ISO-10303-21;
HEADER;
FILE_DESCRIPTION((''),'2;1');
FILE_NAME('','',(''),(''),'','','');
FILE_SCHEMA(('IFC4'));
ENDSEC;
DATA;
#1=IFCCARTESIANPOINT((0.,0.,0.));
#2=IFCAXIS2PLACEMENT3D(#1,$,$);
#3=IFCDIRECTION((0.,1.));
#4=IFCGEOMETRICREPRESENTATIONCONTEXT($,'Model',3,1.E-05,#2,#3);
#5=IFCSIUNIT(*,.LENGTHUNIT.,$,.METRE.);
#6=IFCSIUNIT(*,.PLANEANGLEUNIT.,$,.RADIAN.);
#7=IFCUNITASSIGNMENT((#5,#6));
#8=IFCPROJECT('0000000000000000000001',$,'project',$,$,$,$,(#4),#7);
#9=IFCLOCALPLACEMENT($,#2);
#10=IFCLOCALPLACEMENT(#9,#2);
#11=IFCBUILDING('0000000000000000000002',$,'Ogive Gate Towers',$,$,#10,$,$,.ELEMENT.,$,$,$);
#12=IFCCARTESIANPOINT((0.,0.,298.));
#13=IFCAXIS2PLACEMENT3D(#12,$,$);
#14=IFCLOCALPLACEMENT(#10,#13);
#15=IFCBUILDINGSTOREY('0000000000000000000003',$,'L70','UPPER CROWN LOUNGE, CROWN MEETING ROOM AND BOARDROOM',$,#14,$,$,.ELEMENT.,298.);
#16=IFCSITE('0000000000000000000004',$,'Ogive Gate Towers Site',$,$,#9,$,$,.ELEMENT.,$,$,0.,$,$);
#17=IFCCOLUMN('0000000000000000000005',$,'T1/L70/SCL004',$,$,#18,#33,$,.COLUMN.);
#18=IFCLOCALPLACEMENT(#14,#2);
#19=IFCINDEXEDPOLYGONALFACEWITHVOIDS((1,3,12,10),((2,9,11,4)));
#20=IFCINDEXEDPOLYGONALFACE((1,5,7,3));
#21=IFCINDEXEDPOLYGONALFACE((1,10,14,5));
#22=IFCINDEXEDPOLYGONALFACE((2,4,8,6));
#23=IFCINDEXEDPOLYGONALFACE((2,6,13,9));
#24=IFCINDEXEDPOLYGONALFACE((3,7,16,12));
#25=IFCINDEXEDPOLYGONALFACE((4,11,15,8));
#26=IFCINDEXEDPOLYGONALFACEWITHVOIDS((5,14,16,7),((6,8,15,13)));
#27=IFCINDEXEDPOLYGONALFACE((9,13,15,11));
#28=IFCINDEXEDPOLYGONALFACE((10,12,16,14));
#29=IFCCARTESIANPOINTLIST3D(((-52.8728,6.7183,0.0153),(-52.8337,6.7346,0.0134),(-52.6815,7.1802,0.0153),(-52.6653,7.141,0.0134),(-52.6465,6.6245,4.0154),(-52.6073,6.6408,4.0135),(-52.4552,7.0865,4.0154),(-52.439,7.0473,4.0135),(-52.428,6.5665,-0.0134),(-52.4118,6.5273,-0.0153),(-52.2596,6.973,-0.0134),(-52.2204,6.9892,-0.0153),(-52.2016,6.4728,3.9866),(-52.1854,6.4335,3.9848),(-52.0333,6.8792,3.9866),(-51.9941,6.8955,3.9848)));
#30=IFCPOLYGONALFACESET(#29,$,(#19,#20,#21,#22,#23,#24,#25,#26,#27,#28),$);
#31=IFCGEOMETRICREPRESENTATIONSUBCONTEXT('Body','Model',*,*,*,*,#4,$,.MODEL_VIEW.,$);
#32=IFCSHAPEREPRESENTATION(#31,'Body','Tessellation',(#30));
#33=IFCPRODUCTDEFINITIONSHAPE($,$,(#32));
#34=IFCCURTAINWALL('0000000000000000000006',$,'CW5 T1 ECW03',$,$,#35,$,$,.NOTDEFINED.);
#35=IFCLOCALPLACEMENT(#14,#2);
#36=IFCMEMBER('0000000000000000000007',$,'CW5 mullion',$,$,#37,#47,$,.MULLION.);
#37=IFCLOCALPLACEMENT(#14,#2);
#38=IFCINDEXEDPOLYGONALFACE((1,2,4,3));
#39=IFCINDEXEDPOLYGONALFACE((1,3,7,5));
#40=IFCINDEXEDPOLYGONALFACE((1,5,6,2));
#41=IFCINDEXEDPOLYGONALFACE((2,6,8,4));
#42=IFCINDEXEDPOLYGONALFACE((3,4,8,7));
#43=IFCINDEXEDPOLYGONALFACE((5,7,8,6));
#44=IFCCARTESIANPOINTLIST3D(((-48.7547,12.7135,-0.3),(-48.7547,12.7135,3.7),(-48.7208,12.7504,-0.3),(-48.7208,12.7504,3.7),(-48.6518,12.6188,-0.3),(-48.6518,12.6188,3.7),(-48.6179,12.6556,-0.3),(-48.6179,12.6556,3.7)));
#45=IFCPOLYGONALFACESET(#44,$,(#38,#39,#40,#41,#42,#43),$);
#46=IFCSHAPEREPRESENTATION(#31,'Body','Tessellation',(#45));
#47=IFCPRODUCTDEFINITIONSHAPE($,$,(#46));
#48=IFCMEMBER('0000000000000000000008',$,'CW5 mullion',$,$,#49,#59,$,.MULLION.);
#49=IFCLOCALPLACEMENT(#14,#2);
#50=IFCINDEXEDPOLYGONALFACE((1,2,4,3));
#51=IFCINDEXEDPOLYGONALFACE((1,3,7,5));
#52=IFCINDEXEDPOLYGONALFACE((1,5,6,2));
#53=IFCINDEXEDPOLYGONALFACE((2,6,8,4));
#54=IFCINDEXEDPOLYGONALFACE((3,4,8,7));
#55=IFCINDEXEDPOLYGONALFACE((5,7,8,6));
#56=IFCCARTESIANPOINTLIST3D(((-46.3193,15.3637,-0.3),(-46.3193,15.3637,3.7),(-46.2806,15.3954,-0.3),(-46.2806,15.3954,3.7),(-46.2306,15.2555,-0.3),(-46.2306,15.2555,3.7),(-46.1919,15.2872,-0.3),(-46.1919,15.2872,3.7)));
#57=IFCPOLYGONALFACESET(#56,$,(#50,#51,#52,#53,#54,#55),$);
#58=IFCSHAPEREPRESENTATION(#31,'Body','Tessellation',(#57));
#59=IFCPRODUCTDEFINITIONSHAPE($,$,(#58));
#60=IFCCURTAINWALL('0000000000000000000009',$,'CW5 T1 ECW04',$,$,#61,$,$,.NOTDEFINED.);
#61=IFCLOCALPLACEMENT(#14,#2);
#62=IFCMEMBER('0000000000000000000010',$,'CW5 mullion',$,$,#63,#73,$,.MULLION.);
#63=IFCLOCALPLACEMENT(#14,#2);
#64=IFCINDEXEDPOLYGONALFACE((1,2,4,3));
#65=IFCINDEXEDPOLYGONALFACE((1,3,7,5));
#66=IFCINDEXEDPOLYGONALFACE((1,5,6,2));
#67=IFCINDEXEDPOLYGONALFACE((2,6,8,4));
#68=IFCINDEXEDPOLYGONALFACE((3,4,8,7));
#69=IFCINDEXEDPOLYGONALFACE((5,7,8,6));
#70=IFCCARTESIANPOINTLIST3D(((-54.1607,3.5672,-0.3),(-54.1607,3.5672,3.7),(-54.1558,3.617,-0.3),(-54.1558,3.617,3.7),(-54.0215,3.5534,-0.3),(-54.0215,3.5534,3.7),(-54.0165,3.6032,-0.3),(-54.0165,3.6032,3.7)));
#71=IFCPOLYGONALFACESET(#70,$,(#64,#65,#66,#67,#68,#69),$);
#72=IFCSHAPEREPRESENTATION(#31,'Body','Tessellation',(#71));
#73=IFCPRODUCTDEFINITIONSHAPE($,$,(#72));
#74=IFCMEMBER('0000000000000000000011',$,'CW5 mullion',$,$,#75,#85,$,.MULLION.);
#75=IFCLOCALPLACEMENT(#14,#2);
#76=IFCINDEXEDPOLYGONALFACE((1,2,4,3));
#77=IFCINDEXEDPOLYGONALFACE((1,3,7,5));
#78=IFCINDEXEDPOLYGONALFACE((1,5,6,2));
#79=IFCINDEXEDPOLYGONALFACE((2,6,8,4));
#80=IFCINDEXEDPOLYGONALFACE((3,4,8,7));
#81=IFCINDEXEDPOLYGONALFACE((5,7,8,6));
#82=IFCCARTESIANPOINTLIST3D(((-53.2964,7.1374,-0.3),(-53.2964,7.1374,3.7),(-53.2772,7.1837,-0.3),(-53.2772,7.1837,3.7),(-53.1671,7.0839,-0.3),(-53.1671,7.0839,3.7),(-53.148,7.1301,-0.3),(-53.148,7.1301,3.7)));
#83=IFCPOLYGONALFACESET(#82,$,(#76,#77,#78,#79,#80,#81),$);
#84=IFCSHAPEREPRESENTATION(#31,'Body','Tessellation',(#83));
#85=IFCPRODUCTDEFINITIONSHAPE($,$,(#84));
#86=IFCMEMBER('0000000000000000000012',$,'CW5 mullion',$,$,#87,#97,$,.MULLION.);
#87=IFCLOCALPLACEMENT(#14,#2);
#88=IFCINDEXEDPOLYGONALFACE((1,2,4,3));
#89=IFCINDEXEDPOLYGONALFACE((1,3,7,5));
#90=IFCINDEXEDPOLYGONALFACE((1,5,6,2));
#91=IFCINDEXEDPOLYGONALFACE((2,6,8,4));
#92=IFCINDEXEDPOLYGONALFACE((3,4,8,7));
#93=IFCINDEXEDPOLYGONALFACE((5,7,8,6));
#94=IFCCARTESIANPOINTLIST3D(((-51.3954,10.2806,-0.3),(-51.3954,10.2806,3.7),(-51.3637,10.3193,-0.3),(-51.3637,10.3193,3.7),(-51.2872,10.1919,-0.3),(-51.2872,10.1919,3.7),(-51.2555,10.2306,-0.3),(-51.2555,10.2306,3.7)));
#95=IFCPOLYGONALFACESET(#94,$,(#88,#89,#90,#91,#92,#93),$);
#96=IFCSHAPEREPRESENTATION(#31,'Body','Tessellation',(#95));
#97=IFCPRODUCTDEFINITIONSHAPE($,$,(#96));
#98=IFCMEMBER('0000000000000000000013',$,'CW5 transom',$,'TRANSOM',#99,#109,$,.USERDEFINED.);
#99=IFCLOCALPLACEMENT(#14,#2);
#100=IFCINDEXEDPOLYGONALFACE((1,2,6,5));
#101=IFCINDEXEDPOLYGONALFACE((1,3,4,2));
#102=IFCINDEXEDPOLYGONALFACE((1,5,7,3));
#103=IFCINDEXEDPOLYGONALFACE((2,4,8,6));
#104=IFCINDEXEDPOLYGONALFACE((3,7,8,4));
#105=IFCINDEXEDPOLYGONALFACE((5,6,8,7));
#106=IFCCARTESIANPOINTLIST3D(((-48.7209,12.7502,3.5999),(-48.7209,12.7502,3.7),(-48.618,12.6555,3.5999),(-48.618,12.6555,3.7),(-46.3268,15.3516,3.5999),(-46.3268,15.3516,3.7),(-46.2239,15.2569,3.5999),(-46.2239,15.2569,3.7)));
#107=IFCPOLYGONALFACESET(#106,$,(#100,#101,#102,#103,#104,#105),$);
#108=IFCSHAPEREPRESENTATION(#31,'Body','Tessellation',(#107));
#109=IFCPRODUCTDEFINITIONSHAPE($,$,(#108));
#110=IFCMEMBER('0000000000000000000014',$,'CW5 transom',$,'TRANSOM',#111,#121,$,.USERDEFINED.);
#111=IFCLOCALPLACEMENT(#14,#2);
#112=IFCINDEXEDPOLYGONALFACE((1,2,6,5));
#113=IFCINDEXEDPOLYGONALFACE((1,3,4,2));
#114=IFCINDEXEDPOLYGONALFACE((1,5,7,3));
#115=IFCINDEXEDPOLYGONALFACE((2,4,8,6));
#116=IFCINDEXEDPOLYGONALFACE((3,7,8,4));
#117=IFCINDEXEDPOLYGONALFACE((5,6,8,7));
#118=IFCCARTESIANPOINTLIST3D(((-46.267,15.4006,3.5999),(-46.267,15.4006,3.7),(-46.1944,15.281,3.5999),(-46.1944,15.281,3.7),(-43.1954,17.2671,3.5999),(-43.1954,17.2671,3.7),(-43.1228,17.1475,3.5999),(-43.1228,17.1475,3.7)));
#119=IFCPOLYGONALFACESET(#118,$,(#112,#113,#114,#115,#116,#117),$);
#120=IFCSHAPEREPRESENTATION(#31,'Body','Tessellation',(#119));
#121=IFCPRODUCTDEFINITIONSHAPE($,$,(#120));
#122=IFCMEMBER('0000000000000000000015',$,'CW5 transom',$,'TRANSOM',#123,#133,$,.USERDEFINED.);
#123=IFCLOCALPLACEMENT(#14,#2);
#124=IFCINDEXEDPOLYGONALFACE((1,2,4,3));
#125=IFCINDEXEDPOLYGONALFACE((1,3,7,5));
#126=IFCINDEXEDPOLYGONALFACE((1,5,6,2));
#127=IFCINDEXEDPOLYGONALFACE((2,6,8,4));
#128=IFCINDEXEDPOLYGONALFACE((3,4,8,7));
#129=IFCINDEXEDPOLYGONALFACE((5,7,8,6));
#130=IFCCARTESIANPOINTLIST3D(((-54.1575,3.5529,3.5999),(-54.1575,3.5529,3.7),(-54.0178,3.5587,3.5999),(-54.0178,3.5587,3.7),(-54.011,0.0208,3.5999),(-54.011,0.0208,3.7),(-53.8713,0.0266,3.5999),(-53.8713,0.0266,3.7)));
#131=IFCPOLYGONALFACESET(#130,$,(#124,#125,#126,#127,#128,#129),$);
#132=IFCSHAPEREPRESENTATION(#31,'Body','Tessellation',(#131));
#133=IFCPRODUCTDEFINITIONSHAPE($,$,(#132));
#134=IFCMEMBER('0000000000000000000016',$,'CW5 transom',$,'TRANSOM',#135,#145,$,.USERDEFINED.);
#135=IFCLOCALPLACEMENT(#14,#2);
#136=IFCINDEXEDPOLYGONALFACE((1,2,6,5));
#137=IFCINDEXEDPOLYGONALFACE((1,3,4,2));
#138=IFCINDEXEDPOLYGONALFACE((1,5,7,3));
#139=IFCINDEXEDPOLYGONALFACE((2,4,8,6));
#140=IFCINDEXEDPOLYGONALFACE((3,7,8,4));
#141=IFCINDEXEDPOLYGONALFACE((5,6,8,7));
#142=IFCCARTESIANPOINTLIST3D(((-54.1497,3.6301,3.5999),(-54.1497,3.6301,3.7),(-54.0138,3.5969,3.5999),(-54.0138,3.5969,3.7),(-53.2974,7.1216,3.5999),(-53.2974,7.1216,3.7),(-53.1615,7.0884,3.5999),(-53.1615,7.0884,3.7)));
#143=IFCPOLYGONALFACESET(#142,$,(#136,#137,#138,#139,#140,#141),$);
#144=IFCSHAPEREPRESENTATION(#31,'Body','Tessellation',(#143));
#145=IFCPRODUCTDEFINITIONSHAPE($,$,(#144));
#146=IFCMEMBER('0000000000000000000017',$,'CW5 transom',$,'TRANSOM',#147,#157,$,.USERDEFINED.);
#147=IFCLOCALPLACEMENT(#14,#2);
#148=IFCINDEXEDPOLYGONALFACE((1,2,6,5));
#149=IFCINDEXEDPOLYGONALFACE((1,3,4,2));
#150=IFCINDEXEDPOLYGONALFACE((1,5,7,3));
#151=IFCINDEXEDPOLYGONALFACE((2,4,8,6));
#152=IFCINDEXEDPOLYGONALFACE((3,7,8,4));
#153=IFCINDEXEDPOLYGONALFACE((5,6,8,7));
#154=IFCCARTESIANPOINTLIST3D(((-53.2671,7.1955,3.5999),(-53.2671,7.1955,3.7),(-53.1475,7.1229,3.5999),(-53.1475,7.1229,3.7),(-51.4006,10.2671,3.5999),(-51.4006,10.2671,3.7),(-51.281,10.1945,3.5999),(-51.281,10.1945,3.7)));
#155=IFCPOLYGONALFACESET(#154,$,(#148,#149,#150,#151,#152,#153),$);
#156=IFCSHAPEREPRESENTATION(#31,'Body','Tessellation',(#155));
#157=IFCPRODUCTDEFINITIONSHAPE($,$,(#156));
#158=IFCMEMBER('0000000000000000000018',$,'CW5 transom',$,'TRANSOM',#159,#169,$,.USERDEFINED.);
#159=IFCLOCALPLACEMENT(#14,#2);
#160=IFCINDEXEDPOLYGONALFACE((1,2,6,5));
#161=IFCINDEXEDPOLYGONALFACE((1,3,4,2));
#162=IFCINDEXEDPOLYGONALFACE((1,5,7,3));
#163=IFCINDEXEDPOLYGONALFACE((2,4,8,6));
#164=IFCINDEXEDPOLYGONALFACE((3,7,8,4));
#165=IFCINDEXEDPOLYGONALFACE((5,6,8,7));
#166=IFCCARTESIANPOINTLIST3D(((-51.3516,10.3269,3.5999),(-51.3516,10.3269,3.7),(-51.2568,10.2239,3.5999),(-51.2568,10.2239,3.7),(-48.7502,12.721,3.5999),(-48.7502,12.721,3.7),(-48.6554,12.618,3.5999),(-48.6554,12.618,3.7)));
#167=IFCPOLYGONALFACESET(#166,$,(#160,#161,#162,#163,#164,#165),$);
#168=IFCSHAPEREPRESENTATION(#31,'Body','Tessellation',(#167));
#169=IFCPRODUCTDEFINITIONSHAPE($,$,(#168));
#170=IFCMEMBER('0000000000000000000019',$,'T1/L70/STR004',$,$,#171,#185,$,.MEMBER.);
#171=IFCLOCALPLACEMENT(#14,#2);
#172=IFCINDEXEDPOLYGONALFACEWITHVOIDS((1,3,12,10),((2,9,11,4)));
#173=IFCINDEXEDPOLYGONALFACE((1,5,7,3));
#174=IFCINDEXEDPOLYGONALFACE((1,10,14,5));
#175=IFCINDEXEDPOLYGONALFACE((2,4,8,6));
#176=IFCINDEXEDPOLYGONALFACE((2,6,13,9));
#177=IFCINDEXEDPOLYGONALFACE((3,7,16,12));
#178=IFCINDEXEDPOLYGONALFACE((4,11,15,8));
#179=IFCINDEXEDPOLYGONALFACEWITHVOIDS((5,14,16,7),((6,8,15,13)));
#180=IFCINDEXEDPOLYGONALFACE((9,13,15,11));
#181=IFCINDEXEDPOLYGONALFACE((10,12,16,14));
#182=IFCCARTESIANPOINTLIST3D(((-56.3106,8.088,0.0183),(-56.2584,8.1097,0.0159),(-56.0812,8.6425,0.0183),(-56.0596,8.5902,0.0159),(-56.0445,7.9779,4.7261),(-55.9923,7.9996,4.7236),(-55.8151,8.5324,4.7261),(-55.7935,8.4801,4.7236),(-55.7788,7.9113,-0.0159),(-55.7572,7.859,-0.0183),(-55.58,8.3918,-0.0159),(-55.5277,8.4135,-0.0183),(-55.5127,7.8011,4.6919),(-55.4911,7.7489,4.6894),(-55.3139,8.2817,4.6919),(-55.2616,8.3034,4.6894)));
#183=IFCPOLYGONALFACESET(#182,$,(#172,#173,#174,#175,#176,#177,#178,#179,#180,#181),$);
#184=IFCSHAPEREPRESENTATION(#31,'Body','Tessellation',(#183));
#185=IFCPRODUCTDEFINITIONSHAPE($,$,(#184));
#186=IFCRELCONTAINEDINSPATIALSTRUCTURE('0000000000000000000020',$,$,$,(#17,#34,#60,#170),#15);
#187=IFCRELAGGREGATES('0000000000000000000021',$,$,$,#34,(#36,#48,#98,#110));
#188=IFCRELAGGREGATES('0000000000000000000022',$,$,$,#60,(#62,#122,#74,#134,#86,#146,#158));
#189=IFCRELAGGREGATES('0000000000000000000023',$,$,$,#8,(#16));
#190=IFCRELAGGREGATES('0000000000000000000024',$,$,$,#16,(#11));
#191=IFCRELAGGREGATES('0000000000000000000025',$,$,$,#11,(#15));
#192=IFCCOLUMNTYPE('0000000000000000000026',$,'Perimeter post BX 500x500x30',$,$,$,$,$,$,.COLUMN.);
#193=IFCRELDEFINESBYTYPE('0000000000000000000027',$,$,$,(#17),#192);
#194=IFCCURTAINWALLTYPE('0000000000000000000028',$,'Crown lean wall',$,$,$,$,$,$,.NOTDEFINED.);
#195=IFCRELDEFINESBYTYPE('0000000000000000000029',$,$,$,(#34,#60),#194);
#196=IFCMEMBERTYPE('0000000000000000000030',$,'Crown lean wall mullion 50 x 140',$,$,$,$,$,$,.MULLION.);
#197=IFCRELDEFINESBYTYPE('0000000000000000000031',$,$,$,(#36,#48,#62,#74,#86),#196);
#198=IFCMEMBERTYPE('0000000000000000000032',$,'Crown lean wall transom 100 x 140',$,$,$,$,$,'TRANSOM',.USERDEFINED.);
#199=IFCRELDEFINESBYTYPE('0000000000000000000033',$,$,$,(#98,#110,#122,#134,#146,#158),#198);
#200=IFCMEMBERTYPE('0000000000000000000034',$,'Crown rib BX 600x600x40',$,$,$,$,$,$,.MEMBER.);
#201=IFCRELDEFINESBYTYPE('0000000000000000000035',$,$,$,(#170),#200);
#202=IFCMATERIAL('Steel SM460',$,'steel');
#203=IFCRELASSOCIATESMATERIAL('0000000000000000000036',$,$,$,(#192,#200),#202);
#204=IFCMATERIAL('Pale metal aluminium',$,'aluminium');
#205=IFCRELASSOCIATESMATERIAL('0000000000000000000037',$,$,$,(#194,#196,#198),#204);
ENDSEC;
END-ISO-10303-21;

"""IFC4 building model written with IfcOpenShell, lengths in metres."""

from ifc_helpers import new_model, si_unit, direction, frame, origin, origin_2d, place, context, subcontext, project, spatial, rectangle, hollow_rectangle, extrude, material, material_profile, profile_set, type_object, element, aggregate, save


model = new_model("IFC4")

# Units and contexts
model_context = context("Model", 3, precision=1e-05, world=origin(), true_north=direction((0.0, 1.0)))
body_context = subcontext(model_context, "Body", "Model", "MODEL_VIEW")
ifc_project = project(units=[si_unit("LENGTHUNIT", "METRE"), si_unit("PLANEANGLEUNIT", "RADIAN")], contexts=[model_context])

# Site, building, storey
site_placement = place(None, origin())
site = spatial("IfcSite", under=ifc_project, at=site_placement, Name="Ogive Gate Towers Site", CompositionType="ELEMENT", RefElevation=0.0)
building_placement = place(site_placement, origin())
building = spatial("IfcBuilding", under=site, at=building_placement, Name="Ogive Gate Towers", CompositionType="ELEMENT")
storey_placement = place(building_placement, frame((0.0, 0.0, 298.0)))
storey = spatial("IfcBuildingStorey", under=building, at=storey_placement, Name="L70", Description="UPPER CROWN LOUNGE, CROWN MEETING ROOM AND BOARDROOM", CompositionType="ELEMENT", Elevation=298.0)

# Column
ifc_material_1 = material(Name="Steel SM460", Category="steel")
ifc_material_profile_1 = material_profile(ifc_material_1, hollow_rectangle(XDim=0.5, YDim=0.5, WallThickness=0.03, at=origin_2d()), Name="BX 500x500x30")
ifc_profile_set_1 = profile_set([ifc_material_profile_1], Name="Steel SM460")
column_type = type_object("IfcColumnType", Name="Perimeter post BX 500x500x30", PredefinedType="COLUMN", material=ifc_profile_set_1)
column_placement = place(storey_placement, frame((-52.5466, 6.8538, 0.0), z_axis=(0.056474, -0.023394, 0.99813), x_axis=(0.382704, 0.923871, 0.0)))
element("IfcColumn", 1, at=column_placement, inside=storey, type_object=column_type, Name="T1/L70/SCL004", PredefinedType="COLUMN", context=body_context, shape_type="SweptSolid", body=[
    extrude(hollow_rectangle(XDim=0.5, YDim=0.5, WallThickness=0.03, at=origin_2d()), origin(), (0.0, 0.0, 1.0), 4.0076),
])

# Curtain walls, members
ifc_material_2 = material(Name="Pale metal aluminium", Category="aluminium")
curtain_wall_type = type_object("IfcCurtainWallType", Name="Crown lean wall", PredefinedType="NOTDEFINED", material=ifc_material_2)
curtain_wall_1_placement = place(storey_placement, origin())
curtain_wall_1 = element("IfcCurtainWall", 2, at=curtain_wall_1_placement, inside=storey, type_object=curtain_wall_type, Name="CW5 T1 ECW03", PredefinedType="NOTDEFINED")
ifc_material_profile_2 = material_profile(ifc_material_2, rectangle(XDim=0.1399, YDim=0.05, at=origin_2d()), Name="50 x 140 aluminium box")
ifc_profile_set_2 = profile_set([ifc_material_profile_2], Name="Pale metal aluminium")
member_type_1 = type_object("IfcMemberType", Name="Crown lean wall mullion 50 x 140", PredefinedType="MULLION", material=ifc_profile_set_2)
member_1_placement = place(storey_placement, frame((-48.6863, 12.6846, -0.3), z_axis=(0.0, 0.0, 1.0), x_axis=(0.735813, -0.677184, 0.0)))
member_1 = element("IfcMember", 3, at=member_1_placement, type_object=member_type_1, Name="CW5 mullion", PredefinedType="MULLION", context=body_context, shape_type="SweptSolid", body=[
    extrude(rectangle(XDim=0.1399, YDim=0.05, at=origin_2d()), origin(), (0.0, 0.0, 1.0), 4.0),
])
member_2_placement = place(storey_placement, frame((-46.2556, 15.3254, -0.3), z_axis=(0.0, 0.0, 1.0), x_axis=(0.633772, -0.77352, 0.0)))
member_2 = element("IfcMember", 4, at=member_2_placement, type_object=member_type_1, Name="CW5 mullion", PredefinedType="MULLION", context=body_context, shape_type="SweptSolid", body=[
    extrude(rectangle(XDim=0.1399, YDim=0.05, at=origin_2d()), origin(), (0.0, 0.0, 1.0), 4.0),
])
curtain_wall_2_placement = place(storey_placement, origin())
curtain_wall_2 = element("IfcCurtainWall", 5, at=curtain_wall_2_placement, inside=storey, type_object=curtain_wall_type, Name="CW5 T1 ECW04", PredefinedType="NOTDEFINED")
member_3_placement = place(storey_placement, frame((-54.0886, 3.5852, -0.3), z_axis=(0.0, 0.0, 1.0), x_axis=(0.995104, -0.098833, 0.0)))
member_3 = element("IfcMember", 6, at=member_3_placement, type_object=member_type_1, Name="CW5 mullion", PredefinedType="MULLION", context=body_context, shape_type="SweptSolid", body=[
    extrude(rectangle(XDim=0.1399, YDim=0.05, at=origin_2d()), origin(), (0.0, 0.0, 1.0), 4.0),
])
member_4_placement = place(storey_placement, frame((-53.2222, 7.1338, -0.3), z_axis=(0.0, 0.0, 1.0), x_axis=(0.92388, -0.382683, 0.0)))
member_4 = element("IfcMember", 7, at=member_4_placement, type_object=member_type_1, Name="CW5 mullion", PredefinedType="MULLION", context=body_context, shape_type="SweptSolid", body=[
    extrude(rectangle(XDim=0.1399, YDim=0.05, at=origin_2d()), origin(), (0.0, 0.0, 1.0), 4.0),
])
member_5_placement = place(storey_placement, frame((-51.3254, 10.2556, -0.3), z_axis=(0.0, 0.0, 1.0), x_axis=(0.77352, -0.633772, 0.0)))
member_5 = element("IfcMember", 8, at=member_5_placement, type_object=member_type_1, Name="CW5 mullion", PredefinedType="MULLION", context=body_context, shape_type="SweptSolid", body=[
    extrude(rectangle(XDim=0.1399, YDim=0.05, at=origin_2d()), origin(), (0.0, 0.0, 1.0), 4.0),
])

# Members
ifc_material_profile_3 = material_profile(ifc_material_2, rectangle(XDim=0.1399, YDim=0.1001, at=origin_2d()), Name="100 x 140 aluminium box")
ifc_profile_set_3 = profile_set([ifc_material_profile_3], Name="Pale metal aluminium")
member_type_2 = type_object("IfcMemberType", Name="Crown lean wall transom 100 x 140", ElementType="TRANSOM", PredefinedType="USERDEFINED", material=ifc_profile_set_3)
member_6_placement = place(storey_placement, frame((-48.6694, 12.7029, 3.6499), z_axis=(0.677184, 0.735814, 0.0), x_axis=(-0.735814, 0.677184, 0.0)))
member_6 = element("IfcMember", 9, at=member_6_placement, type_object=member_type_2, Name="CW5 transom", ObjectType="TRANSOM", PredefinedType="USERDEFINED", context=body_context, shape_type="SweptSolid", body=[
    extrude(rectangle(XDim=0.1399, YDim=0.1001, at=origin_2d()), origin(), (0.0, 0.0, 1.0), 3.5354),
])
member_7_placement = place(storey_placement, frame((-46.2307, 15.3408, 3.6499), z_axis=(0.854591, 0.519302, 0.0), x_axis=(-0.519302, 0.854591, 0.0)))
member_7 = element("IfcMember", 10, at=member_7_placement, type_object=member_type_2, Name="CW5 transom", ObjectType="TRANSOM", PredefinedType="USERDEFINED", context=body_context, shape_type="SweptSolid", body=[
    extrude(rectangle(XDim=0.1399, YDim=0.1001, at=origin_2d()), origin(), (0.0, 0.0, 1.0), 3.5942),
])
member_8_placement = place(storey_placement, frame((-53.9412, 0.0237, 3.6499), z_axis=(-0.041435, 0.999141, 0.0), x_axis=(-0.999141, -0.041435, 0.0)))
member_8 = element("IfcMember", 11, at=member_8_placement, type_object=member_type_2, Name="CW5 transom", ObjectType="TRANSOM", PredefinedType="USERDEFINED", context=body_context, shape_type="SweptSolid", body=[
    extrude(rectangle(XDim=0.1399, YDim=0.1001, at=origin_2d()), origin(), (0.0, 0.0, 1.0), 3.5352),
])
member_9_placement = place(storey_placement, frame((-54.0818, 3.6135, 3.6499), z_axis=(0.237145, 0.971474, 0.0), x_axis=(-0.971474, 0.237145, 0.0)))
member_9 = element("IfcMember", 12, at=member_9_placement, type_object=member_type_2, Name="CW5 transom", ObjectType="TRANSOM", PredefinedType="USERDEFINED", context=body_context, shape_type="SweptSolid", body=[
    extrude(rectangle(XDim=0.1399, YDim=0.1001, at=origin_2d()), origin(), (0.0, 0.0, 1.0), 3.594),
])
member_10_placement = place(storey_placement, frame((-53.2073, 7.1592, 3.6499), z_axis=(0.519302, 0.854591, 0.0), x_axis=(-0.854591, 0.519302, 0.0)))
member_10 = element("IfcMember", 13, at=member_10_placement, type_object=member_type_2, Name="CW5 transom", ObjectType="TRANSOM", PredefinedType="USERDEFINED", context=body_context, shape_type="SweptSolid", body=[
    extrude(rectangle(XDim=0.1399, YDim=0.1001, at=origin_2d()), origin(), (0.0, 0.0, 1.0), 3.5942),
])
member_11_placement = place(storey_placement, frame((-51.3042, 10.2754, 3.6499), z_axis=(0.735814, 0.677184, 0.0), x_axis=(-0.677184, 0.735814, 0.0)))
member_11 = element("IfcMember", 14, at=member_11_placement, type_object=member_type_2, Name="CW5 transom", ObjectType="TRANSOM", PredefinedType="USERDEFINED", context=body_context, shape_type="SweptSolid", body=[
    extrude(rectangle(XDim=0.1399, YDim=0.1001, at=origin_2d()), origin(), (0.0, 0.0, 1.0), 3.5354),
])
ifc_material_profile_4 = material_profile(ifc_material_1, hollow_rectangle(XDim=0.6001, YDim=0.6001, WallThickness=0.04, at=origin_2d()), Name="BX 600x600x40")
ifc_profile_set_4 = profile_set([ifc_material_profile_4], Name="Steel SM460")
member_type_3 = type_object("IfcMemberType", Name="Crown rib BX 600x600x40", PredefinedType="MEMBER", material=ifc_profile_set_4)
member_12_placement = place(storey_placement, frame((-55.9192, 8.2507, 0.0), z_axis=(0.056421, -0.023345, 0.998134), x_axis=(0.382327, 0.924027, 0.0)))
element("IfcMember", 15, at=member_12_placement, inside=storey, type_object=member_type_3, Name="T1/L70/STR004", PredefinedType="MEMBER", context=body_context, shape_type="SweptSolid", body=[
    extrude(hollow_rectangle(XDim=0.6001, YDim=0.6001, WallThickness=0.04, at=origin_2d()), origin(), (0.0, 0.0, 1.0), 4.7166),
])

aggregate(curtain_wall_1, [member_1, member_2, member_6, member_7])
aggregate(curtain_wall_2, [member_3, member_8, member_4, member_9, member_5, member_10, member_11])

save(model, "model.ifc")
